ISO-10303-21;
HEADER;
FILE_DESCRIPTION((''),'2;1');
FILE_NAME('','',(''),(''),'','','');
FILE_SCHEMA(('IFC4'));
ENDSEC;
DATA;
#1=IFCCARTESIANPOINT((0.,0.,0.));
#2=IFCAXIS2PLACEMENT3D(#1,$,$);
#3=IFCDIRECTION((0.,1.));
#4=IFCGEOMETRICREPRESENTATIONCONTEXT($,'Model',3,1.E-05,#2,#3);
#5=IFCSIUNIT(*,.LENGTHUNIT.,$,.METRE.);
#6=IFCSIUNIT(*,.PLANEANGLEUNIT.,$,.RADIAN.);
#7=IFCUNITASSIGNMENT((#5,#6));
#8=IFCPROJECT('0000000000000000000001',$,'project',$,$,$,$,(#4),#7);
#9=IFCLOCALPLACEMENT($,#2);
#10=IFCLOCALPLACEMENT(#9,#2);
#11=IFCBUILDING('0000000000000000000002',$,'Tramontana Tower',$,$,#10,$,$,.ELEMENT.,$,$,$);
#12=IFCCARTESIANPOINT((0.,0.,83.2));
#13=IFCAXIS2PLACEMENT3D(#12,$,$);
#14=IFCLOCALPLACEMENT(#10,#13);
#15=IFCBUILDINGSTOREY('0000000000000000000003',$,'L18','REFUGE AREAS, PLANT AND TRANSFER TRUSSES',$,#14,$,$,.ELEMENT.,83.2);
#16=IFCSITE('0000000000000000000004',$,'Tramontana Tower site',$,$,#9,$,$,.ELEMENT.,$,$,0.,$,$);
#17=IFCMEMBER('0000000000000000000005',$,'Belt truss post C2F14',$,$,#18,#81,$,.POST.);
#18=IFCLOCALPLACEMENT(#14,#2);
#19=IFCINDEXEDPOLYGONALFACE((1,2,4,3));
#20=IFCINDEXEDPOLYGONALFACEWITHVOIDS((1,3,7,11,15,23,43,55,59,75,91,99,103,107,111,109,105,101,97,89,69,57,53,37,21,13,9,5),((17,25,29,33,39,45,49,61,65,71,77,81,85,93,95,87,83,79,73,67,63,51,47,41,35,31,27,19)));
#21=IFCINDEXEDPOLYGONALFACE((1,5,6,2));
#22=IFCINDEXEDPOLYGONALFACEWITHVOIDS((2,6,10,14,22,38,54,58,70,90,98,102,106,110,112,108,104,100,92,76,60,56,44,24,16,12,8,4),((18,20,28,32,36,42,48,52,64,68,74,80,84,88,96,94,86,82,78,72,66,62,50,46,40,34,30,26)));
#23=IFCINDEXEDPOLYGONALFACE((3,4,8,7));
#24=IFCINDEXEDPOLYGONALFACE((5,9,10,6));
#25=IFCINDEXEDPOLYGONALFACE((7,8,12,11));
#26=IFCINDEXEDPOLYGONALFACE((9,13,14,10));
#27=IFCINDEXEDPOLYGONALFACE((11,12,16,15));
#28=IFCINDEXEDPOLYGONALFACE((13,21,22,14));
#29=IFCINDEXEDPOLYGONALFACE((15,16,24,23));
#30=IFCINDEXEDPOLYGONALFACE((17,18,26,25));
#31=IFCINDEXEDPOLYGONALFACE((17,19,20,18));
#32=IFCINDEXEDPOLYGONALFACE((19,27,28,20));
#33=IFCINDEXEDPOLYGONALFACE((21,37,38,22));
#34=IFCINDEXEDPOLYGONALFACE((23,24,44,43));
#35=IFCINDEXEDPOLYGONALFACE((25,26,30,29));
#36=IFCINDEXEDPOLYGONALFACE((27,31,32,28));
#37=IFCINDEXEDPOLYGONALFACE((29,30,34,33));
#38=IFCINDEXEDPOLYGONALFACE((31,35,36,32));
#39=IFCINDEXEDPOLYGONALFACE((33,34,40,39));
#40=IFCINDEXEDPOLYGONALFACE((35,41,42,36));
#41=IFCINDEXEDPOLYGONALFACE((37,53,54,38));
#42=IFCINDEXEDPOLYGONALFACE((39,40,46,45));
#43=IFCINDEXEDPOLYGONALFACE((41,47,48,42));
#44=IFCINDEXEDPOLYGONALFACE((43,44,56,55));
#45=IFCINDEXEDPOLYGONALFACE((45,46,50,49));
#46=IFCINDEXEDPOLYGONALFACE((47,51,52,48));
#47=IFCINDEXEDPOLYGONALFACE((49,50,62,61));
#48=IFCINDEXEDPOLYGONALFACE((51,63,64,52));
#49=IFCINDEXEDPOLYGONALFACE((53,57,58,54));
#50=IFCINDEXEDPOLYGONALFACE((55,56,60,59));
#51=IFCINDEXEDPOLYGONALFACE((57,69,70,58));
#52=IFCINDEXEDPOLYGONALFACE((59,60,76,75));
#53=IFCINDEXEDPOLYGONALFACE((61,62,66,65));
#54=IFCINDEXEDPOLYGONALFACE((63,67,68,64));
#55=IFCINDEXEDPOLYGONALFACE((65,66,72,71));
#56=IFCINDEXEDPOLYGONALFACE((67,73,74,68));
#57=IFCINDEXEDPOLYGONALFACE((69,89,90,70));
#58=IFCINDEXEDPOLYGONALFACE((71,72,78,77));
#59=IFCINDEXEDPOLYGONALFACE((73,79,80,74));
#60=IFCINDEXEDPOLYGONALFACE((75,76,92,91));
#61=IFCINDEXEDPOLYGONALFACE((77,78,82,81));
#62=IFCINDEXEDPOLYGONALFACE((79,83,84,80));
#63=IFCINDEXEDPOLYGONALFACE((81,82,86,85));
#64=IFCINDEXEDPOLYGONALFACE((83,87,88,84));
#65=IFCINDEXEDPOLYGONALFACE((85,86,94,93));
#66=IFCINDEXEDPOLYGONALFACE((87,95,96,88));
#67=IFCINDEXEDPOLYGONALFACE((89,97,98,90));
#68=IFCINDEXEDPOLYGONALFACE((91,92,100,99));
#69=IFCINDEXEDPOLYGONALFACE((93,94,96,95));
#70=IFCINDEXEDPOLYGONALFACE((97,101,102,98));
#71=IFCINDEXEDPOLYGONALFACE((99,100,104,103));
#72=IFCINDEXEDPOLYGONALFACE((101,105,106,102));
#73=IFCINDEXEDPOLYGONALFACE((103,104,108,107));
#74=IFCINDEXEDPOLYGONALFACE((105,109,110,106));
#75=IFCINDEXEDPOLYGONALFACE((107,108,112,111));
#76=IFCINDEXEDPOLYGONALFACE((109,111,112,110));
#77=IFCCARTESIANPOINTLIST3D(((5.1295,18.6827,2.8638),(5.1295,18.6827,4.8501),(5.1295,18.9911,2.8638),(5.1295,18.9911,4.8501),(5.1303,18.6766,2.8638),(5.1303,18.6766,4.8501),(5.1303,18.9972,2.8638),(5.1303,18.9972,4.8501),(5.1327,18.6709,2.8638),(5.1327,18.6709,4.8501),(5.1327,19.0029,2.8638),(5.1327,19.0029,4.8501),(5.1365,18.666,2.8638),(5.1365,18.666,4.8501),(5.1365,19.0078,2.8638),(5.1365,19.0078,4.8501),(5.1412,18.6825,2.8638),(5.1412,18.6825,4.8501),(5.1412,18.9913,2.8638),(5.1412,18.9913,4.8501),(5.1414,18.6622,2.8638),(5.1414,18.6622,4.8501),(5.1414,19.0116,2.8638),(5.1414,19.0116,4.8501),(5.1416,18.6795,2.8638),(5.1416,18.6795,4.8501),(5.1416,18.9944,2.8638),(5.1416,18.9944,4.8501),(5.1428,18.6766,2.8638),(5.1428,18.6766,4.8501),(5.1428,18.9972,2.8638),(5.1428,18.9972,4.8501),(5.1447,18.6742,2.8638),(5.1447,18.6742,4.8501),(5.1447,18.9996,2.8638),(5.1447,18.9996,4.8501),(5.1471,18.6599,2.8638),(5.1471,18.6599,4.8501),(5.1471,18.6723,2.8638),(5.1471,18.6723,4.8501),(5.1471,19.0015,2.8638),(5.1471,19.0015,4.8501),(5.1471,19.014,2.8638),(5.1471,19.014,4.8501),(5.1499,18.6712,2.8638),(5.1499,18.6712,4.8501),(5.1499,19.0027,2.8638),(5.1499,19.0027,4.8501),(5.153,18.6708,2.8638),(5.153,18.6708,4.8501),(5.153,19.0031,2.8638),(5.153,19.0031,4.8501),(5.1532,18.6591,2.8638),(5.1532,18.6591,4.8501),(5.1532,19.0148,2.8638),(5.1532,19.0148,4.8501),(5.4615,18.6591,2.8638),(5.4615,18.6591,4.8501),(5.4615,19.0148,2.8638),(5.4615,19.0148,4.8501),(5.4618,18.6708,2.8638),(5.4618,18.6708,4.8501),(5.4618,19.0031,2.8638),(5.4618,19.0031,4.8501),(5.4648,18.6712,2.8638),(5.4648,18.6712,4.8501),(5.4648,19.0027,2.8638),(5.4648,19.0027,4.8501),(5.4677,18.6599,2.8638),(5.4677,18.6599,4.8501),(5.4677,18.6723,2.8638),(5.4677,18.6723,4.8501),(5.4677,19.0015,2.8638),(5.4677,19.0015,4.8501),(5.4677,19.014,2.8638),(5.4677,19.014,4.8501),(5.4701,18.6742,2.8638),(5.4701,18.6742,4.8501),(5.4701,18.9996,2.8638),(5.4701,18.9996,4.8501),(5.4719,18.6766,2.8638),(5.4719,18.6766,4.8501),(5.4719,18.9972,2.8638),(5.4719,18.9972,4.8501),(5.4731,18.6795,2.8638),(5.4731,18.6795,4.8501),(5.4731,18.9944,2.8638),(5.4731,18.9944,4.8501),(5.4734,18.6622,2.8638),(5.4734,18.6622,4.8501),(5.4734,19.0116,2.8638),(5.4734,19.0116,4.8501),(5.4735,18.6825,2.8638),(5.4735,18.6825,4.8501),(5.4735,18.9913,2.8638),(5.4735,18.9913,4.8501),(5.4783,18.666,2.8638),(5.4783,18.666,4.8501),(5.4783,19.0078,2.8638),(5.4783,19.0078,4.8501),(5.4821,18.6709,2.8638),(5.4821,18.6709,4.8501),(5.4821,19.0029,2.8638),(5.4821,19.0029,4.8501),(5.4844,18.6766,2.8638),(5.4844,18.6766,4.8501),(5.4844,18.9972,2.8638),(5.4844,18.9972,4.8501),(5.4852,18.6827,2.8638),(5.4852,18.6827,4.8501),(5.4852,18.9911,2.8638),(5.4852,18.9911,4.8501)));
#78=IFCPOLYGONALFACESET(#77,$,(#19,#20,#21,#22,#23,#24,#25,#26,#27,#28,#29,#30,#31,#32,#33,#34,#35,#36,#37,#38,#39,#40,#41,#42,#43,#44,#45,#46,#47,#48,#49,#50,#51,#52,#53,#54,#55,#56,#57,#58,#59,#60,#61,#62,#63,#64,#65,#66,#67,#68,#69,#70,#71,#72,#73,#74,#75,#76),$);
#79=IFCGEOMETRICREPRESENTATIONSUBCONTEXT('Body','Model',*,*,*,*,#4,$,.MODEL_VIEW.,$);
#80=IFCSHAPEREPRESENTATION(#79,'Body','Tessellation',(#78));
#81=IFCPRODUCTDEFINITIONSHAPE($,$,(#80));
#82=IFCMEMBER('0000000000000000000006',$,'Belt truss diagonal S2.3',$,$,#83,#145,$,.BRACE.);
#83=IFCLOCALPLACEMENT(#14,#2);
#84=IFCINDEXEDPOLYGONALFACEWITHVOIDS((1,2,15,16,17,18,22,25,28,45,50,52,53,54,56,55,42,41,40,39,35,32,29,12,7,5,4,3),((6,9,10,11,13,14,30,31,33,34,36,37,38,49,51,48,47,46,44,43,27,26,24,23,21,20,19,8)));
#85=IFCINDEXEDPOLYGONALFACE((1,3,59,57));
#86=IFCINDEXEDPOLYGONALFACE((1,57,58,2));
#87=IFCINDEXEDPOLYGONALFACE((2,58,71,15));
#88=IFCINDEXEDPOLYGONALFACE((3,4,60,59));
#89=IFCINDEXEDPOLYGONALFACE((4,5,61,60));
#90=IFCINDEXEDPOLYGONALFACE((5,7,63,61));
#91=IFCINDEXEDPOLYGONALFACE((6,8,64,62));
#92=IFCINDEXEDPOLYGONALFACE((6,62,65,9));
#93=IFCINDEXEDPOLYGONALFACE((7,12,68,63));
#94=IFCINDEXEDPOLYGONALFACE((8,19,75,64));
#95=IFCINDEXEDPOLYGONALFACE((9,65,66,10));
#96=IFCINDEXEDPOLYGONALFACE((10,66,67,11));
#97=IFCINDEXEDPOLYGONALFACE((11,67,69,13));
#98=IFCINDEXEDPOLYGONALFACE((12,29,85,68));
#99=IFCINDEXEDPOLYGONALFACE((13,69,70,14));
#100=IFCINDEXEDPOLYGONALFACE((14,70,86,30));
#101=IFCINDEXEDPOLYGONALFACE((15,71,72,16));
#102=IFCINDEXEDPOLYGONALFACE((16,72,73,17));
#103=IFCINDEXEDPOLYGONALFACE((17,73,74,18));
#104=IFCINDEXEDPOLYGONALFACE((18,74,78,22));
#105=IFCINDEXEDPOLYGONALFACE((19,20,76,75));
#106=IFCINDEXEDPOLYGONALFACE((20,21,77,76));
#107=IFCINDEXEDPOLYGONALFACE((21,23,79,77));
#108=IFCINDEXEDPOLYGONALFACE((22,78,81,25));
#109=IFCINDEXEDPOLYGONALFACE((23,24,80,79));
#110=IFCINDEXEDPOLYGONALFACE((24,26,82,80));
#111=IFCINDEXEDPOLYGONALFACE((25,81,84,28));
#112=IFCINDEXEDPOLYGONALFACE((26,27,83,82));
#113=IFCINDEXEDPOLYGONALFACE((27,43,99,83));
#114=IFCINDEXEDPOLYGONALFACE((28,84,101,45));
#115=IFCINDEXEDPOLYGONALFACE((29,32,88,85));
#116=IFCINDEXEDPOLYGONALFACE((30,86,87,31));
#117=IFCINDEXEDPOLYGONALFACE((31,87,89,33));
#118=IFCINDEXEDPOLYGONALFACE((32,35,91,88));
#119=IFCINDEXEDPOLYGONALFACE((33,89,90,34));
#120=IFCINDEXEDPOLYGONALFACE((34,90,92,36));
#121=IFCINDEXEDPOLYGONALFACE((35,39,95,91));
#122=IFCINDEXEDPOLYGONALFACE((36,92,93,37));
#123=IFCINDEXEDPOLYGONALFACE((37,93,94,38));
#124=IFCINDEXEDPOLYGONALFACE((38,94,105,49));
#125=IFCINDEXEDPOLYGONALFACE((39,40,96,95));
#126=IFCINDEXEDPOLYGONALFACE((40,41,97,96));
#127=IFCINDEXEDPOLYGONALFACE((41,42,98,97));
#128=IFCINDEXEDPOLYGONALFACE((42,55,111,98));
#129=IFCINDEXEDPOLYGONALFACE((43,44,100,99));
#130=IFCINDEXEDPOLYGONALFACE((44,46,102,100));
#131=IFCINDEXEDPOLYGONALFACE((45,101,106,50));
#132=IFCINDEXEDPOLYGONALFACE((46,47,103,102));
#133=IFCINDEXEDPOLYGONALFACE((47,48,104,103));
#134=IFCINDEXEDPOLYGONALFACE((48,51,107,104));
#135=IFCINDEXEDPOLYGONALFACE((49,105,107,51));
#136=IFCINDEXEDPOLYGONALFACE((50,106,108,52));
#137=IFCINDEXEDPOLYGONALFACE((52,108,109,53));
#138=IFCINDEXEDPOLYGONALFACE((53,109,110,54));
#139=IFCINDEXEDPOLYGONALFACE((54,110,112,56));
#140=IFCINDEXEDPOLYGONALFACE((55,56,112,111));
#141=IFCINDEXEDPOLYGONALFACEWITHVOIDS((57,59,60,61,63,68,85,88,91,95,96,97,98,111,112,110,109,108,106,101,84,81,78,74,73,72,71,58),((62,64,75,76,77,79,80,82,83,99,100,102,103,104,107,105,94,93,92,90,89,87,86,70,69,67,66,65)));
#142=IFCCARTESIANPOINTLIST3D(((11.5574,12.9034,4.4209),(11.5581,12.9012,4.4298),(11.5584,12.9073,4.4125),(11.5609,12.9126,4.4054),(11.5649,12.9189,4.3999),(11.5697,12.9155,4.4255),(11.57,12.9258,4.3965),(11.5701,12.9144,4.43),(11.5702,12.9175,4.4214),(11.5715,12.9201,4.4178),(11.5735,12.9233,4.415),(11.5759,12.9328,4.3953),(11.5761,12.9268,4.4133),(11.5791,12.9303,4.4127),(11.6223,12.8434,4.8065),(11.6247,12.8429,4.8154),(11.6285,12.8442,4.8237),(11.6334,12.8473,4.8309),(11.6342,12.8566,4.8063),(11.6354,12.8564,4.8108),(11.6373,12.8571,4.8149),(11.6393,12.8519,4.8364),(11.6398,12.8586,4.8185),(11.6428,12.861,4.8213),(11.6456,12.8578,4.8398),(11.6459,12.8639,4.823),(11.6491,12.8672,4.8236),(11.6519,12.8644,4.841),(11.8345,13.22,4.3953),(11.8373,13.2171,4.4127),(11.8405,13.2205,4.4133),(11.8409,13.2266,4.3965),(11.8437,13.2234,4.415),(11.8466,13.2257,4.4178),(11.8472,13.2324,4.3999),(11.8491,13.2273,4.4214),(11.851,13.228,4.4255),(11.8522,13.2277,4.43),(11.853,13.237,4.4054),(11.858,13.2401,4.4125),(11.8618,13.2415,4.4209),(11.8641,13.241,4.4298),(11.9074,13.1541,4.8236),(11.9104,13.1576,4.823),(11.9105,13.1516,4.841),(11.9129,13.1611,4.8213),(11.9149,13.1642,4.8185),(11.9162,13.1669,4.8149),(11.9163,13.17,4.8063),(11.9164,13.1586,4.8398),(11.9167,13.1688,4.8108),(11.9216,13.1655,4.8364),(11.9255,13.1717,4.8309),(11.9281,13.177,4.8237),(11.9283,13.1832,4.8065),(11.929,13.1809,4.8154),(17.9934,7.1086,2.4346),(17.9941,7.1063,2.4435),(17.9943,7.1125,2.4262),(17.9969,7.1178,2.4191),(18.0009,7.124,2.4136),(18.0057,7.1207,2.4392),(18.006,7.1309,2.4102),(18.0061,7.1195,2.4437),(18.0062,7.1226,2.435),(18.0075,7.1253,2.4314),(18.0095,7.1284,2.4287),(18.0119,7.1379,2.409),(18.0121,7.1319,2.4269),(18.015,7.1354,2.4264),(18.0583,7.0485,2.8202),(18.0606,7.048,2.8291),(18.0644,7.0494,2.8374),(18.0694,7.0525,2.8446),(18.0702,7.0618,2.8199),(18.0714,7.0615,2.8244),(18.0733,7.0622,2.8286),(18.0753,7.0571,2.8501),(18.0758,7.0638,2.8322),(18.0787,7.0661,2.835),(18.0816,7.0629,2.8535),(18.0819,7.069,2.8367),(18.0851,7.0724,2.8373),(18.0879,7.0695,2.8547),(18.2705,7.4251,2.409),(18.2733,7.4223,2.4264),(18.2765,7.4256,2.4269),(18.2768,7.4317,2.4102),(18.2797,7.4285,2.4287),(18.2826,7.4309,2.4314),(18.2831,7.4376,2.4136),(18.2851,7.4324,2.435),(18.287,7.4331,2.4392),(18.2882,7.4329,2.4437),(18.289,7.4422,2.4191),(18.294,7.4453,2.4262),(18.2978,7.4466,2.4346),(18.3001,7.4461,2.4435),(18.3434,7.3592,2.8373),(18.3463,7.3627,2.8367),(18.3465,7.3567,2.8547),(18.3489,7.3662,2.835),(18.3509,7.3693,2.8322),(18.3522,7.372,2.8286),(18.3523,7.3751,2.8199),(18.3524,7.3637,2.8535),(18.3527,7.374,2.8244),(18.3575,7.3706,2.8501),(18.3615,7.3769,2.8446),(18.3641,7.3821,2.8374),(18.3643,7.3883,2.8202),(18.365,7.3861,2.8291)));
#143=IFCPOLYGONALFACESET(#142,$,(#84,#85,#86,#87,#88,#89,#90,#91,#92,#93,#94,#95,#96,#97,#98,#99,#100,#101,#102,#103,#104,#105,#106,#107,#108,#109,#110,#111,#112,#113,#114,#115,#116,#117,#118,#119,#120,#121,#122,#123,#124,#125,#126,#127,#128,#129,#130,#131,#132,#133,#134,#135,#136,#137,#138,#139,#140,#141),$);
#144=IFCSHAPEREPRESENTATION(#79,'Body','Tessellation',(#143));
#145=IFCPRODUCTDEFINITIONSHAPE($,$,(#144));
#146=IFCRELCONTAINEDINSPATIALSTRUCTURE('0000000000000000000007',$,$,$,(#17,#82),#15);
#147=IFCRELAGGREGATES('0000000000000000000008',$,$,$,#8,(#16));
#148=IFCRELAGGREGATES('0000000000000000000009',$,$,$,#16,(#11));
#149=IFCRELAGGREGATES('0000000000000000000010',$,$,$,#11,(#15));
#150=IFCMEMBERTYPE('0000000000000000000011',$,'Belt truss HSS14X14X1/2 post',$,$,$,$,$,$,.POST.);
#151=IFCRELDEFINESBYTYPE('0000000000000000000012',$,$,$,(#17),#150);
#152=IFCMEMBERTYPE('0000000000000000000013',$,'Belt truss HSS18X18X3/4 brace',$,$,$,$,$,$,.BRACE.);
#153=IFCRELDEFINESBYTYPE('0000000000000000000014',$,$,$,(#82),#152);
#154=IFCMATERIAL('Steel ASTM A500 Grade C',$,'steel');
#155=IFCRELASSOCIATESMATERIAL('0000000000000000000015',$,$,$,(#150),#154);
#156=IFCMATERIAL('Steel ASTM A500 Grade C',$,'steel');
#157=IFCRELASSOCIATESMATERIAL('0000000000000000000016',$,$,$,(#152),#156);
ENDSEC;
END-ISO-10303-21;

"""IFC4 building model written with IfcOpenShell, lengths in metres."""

from ifc_helpers import new_model, si_unit, direction, frame, origin, origin_2d, place, context, subcontext, project, spatial, hollow_rectangle, extrude, material, material_profile, profile_set, type_object, element, save


model = new_model("IFC4")

# Units and contexts
model_context = context("Model", 3, precision=1e-05, world=origin(), true_north=direction((0.0, 1.0)))
body_context = subcontext(model_context, "Body", "Model", "MODEL_VIEW")
ifc_project = project(units=[si_unit("LENGTHUNIT", "METRE"), si_unit("PLANEANGLEUNIT", "RADIAN")], contexts=[model_context])

# Site, building, storey
site_placement = place(None, origin())
site = spatial("IfcSite", under=ifc_project, at=site_placement, Name="Tramontana Tower site", CompositionType="ELEMENT", RefElevation=0.0)
building_placement = place(site_placement, origin())
building = spatial("IfcBuilding", under=site, at=building_placement, Name="Tramontana Tower", CompositionType="ELEMENT")
storey_placement = place(building_placement, frame((0.0, 0.0, 83.2)))
storey = spatial("IfcBuildingStorey", under=building, at=storey_placement, Name="L18", Description="REFUGE AREAS, PLANT AND TRANSFER TRUSSES", CompositionType="ELEMENT", Elevation=83.2)

# Members
ifc_material_1 = material(Name="Steel ASTM A500 Grade C", Category="steel")
ifc_material_profile_1 = material_profile(ifc_material_1, hollow_rectangle(XDim=0.3557, YDim=0.3557, WallThickness=0.0117, InnerFilletRadius=0.0117, OuterFilletRadius=0.0237, at=origin_2d()), Name="HSS14X14X1/2")
ifc_profile_set_1 = profile_set([ifc_material_profile_1], Name="Steel ASTM A500 Grade C")
member_type_1 = type_object("IfcMemberType", Name="Belt truss HSS14X14X1/2 post", PredefinedType="POST", material=ifc_profile_set_1)
for number, where, z_axis, x_axis, name in (
    (1, (5.3074, 18.8369, 2.8638), (0.0, 0.0, 1.0), (1.0, 0.0, 0.0), "Belt truss post C2F14"),
):
    element("IfcMember", number, at=place(storey_placement, frame(where, z_axis=z_axis, x_axis=x_axis)), inside=storey, type_object=member_type_1, Name=name, PredefinedType="POST", context=body_context, shape_type="SweptSolid", body=[
        extrude(hollow_rectangle(XDim=0.3557, YDim=0.3557, WallThickness=0.0117, InnerFilletRadius=0.0117, OuterFilletRadius=0.0237, at=origin_2d()), origin(), (0.0, 0.0, 1.0), 1.9863),
    ])
ifc_material_2 = material(Name="Steel ASTM A500 Grade C", Category="steel")
ifc_material_profile_2 = material_profile(ifc_material_2, hollow_rectangle(XDim=0.4573, YDim=0.4573, WallThickness=0.0178, InnerFilletRadius=0.0178, OuterFilletRadius=0.0354, at=origin_2d()), Name="HSS18X18X3/4")
ifc_profile_set_2 = profile_set([ifc_material_profile_2], Name="Steel ASTM A500 Grade C")
member_type_2 = type_object("IfcMemberType", Name="Belt truss HSS18X18X3/4 brace", PredefinedType="BRACE", material=ifc_profile_set_2)
member_1_placement = place(storey_placement, frame((18.1792, 7.2473, 2.6318), z_axis=(-0.724344, 0.65219, 0.223551), x_axis=(-0.669124, -0.743151, 0.0)))
element("IfcMember", 2, at=member_1_placement, inside=storey, type_object=member_type_2, Name="Belt truss diagonal S2.3", PredefinedType="BRACE", context=body_context, shape_type="SweptSolid", body=[
    extrude(hollow_rectangle(XDim=0.4573, YDim=0.4573, WallThickness=0.0178, InnerFilletRadius=0.0178, OuterFilletRadius=0.0354, at=origin_2d()), origin(), (0.0, 0.0, 1.0), 8.8853),
])

save(model, "model.ifc")
